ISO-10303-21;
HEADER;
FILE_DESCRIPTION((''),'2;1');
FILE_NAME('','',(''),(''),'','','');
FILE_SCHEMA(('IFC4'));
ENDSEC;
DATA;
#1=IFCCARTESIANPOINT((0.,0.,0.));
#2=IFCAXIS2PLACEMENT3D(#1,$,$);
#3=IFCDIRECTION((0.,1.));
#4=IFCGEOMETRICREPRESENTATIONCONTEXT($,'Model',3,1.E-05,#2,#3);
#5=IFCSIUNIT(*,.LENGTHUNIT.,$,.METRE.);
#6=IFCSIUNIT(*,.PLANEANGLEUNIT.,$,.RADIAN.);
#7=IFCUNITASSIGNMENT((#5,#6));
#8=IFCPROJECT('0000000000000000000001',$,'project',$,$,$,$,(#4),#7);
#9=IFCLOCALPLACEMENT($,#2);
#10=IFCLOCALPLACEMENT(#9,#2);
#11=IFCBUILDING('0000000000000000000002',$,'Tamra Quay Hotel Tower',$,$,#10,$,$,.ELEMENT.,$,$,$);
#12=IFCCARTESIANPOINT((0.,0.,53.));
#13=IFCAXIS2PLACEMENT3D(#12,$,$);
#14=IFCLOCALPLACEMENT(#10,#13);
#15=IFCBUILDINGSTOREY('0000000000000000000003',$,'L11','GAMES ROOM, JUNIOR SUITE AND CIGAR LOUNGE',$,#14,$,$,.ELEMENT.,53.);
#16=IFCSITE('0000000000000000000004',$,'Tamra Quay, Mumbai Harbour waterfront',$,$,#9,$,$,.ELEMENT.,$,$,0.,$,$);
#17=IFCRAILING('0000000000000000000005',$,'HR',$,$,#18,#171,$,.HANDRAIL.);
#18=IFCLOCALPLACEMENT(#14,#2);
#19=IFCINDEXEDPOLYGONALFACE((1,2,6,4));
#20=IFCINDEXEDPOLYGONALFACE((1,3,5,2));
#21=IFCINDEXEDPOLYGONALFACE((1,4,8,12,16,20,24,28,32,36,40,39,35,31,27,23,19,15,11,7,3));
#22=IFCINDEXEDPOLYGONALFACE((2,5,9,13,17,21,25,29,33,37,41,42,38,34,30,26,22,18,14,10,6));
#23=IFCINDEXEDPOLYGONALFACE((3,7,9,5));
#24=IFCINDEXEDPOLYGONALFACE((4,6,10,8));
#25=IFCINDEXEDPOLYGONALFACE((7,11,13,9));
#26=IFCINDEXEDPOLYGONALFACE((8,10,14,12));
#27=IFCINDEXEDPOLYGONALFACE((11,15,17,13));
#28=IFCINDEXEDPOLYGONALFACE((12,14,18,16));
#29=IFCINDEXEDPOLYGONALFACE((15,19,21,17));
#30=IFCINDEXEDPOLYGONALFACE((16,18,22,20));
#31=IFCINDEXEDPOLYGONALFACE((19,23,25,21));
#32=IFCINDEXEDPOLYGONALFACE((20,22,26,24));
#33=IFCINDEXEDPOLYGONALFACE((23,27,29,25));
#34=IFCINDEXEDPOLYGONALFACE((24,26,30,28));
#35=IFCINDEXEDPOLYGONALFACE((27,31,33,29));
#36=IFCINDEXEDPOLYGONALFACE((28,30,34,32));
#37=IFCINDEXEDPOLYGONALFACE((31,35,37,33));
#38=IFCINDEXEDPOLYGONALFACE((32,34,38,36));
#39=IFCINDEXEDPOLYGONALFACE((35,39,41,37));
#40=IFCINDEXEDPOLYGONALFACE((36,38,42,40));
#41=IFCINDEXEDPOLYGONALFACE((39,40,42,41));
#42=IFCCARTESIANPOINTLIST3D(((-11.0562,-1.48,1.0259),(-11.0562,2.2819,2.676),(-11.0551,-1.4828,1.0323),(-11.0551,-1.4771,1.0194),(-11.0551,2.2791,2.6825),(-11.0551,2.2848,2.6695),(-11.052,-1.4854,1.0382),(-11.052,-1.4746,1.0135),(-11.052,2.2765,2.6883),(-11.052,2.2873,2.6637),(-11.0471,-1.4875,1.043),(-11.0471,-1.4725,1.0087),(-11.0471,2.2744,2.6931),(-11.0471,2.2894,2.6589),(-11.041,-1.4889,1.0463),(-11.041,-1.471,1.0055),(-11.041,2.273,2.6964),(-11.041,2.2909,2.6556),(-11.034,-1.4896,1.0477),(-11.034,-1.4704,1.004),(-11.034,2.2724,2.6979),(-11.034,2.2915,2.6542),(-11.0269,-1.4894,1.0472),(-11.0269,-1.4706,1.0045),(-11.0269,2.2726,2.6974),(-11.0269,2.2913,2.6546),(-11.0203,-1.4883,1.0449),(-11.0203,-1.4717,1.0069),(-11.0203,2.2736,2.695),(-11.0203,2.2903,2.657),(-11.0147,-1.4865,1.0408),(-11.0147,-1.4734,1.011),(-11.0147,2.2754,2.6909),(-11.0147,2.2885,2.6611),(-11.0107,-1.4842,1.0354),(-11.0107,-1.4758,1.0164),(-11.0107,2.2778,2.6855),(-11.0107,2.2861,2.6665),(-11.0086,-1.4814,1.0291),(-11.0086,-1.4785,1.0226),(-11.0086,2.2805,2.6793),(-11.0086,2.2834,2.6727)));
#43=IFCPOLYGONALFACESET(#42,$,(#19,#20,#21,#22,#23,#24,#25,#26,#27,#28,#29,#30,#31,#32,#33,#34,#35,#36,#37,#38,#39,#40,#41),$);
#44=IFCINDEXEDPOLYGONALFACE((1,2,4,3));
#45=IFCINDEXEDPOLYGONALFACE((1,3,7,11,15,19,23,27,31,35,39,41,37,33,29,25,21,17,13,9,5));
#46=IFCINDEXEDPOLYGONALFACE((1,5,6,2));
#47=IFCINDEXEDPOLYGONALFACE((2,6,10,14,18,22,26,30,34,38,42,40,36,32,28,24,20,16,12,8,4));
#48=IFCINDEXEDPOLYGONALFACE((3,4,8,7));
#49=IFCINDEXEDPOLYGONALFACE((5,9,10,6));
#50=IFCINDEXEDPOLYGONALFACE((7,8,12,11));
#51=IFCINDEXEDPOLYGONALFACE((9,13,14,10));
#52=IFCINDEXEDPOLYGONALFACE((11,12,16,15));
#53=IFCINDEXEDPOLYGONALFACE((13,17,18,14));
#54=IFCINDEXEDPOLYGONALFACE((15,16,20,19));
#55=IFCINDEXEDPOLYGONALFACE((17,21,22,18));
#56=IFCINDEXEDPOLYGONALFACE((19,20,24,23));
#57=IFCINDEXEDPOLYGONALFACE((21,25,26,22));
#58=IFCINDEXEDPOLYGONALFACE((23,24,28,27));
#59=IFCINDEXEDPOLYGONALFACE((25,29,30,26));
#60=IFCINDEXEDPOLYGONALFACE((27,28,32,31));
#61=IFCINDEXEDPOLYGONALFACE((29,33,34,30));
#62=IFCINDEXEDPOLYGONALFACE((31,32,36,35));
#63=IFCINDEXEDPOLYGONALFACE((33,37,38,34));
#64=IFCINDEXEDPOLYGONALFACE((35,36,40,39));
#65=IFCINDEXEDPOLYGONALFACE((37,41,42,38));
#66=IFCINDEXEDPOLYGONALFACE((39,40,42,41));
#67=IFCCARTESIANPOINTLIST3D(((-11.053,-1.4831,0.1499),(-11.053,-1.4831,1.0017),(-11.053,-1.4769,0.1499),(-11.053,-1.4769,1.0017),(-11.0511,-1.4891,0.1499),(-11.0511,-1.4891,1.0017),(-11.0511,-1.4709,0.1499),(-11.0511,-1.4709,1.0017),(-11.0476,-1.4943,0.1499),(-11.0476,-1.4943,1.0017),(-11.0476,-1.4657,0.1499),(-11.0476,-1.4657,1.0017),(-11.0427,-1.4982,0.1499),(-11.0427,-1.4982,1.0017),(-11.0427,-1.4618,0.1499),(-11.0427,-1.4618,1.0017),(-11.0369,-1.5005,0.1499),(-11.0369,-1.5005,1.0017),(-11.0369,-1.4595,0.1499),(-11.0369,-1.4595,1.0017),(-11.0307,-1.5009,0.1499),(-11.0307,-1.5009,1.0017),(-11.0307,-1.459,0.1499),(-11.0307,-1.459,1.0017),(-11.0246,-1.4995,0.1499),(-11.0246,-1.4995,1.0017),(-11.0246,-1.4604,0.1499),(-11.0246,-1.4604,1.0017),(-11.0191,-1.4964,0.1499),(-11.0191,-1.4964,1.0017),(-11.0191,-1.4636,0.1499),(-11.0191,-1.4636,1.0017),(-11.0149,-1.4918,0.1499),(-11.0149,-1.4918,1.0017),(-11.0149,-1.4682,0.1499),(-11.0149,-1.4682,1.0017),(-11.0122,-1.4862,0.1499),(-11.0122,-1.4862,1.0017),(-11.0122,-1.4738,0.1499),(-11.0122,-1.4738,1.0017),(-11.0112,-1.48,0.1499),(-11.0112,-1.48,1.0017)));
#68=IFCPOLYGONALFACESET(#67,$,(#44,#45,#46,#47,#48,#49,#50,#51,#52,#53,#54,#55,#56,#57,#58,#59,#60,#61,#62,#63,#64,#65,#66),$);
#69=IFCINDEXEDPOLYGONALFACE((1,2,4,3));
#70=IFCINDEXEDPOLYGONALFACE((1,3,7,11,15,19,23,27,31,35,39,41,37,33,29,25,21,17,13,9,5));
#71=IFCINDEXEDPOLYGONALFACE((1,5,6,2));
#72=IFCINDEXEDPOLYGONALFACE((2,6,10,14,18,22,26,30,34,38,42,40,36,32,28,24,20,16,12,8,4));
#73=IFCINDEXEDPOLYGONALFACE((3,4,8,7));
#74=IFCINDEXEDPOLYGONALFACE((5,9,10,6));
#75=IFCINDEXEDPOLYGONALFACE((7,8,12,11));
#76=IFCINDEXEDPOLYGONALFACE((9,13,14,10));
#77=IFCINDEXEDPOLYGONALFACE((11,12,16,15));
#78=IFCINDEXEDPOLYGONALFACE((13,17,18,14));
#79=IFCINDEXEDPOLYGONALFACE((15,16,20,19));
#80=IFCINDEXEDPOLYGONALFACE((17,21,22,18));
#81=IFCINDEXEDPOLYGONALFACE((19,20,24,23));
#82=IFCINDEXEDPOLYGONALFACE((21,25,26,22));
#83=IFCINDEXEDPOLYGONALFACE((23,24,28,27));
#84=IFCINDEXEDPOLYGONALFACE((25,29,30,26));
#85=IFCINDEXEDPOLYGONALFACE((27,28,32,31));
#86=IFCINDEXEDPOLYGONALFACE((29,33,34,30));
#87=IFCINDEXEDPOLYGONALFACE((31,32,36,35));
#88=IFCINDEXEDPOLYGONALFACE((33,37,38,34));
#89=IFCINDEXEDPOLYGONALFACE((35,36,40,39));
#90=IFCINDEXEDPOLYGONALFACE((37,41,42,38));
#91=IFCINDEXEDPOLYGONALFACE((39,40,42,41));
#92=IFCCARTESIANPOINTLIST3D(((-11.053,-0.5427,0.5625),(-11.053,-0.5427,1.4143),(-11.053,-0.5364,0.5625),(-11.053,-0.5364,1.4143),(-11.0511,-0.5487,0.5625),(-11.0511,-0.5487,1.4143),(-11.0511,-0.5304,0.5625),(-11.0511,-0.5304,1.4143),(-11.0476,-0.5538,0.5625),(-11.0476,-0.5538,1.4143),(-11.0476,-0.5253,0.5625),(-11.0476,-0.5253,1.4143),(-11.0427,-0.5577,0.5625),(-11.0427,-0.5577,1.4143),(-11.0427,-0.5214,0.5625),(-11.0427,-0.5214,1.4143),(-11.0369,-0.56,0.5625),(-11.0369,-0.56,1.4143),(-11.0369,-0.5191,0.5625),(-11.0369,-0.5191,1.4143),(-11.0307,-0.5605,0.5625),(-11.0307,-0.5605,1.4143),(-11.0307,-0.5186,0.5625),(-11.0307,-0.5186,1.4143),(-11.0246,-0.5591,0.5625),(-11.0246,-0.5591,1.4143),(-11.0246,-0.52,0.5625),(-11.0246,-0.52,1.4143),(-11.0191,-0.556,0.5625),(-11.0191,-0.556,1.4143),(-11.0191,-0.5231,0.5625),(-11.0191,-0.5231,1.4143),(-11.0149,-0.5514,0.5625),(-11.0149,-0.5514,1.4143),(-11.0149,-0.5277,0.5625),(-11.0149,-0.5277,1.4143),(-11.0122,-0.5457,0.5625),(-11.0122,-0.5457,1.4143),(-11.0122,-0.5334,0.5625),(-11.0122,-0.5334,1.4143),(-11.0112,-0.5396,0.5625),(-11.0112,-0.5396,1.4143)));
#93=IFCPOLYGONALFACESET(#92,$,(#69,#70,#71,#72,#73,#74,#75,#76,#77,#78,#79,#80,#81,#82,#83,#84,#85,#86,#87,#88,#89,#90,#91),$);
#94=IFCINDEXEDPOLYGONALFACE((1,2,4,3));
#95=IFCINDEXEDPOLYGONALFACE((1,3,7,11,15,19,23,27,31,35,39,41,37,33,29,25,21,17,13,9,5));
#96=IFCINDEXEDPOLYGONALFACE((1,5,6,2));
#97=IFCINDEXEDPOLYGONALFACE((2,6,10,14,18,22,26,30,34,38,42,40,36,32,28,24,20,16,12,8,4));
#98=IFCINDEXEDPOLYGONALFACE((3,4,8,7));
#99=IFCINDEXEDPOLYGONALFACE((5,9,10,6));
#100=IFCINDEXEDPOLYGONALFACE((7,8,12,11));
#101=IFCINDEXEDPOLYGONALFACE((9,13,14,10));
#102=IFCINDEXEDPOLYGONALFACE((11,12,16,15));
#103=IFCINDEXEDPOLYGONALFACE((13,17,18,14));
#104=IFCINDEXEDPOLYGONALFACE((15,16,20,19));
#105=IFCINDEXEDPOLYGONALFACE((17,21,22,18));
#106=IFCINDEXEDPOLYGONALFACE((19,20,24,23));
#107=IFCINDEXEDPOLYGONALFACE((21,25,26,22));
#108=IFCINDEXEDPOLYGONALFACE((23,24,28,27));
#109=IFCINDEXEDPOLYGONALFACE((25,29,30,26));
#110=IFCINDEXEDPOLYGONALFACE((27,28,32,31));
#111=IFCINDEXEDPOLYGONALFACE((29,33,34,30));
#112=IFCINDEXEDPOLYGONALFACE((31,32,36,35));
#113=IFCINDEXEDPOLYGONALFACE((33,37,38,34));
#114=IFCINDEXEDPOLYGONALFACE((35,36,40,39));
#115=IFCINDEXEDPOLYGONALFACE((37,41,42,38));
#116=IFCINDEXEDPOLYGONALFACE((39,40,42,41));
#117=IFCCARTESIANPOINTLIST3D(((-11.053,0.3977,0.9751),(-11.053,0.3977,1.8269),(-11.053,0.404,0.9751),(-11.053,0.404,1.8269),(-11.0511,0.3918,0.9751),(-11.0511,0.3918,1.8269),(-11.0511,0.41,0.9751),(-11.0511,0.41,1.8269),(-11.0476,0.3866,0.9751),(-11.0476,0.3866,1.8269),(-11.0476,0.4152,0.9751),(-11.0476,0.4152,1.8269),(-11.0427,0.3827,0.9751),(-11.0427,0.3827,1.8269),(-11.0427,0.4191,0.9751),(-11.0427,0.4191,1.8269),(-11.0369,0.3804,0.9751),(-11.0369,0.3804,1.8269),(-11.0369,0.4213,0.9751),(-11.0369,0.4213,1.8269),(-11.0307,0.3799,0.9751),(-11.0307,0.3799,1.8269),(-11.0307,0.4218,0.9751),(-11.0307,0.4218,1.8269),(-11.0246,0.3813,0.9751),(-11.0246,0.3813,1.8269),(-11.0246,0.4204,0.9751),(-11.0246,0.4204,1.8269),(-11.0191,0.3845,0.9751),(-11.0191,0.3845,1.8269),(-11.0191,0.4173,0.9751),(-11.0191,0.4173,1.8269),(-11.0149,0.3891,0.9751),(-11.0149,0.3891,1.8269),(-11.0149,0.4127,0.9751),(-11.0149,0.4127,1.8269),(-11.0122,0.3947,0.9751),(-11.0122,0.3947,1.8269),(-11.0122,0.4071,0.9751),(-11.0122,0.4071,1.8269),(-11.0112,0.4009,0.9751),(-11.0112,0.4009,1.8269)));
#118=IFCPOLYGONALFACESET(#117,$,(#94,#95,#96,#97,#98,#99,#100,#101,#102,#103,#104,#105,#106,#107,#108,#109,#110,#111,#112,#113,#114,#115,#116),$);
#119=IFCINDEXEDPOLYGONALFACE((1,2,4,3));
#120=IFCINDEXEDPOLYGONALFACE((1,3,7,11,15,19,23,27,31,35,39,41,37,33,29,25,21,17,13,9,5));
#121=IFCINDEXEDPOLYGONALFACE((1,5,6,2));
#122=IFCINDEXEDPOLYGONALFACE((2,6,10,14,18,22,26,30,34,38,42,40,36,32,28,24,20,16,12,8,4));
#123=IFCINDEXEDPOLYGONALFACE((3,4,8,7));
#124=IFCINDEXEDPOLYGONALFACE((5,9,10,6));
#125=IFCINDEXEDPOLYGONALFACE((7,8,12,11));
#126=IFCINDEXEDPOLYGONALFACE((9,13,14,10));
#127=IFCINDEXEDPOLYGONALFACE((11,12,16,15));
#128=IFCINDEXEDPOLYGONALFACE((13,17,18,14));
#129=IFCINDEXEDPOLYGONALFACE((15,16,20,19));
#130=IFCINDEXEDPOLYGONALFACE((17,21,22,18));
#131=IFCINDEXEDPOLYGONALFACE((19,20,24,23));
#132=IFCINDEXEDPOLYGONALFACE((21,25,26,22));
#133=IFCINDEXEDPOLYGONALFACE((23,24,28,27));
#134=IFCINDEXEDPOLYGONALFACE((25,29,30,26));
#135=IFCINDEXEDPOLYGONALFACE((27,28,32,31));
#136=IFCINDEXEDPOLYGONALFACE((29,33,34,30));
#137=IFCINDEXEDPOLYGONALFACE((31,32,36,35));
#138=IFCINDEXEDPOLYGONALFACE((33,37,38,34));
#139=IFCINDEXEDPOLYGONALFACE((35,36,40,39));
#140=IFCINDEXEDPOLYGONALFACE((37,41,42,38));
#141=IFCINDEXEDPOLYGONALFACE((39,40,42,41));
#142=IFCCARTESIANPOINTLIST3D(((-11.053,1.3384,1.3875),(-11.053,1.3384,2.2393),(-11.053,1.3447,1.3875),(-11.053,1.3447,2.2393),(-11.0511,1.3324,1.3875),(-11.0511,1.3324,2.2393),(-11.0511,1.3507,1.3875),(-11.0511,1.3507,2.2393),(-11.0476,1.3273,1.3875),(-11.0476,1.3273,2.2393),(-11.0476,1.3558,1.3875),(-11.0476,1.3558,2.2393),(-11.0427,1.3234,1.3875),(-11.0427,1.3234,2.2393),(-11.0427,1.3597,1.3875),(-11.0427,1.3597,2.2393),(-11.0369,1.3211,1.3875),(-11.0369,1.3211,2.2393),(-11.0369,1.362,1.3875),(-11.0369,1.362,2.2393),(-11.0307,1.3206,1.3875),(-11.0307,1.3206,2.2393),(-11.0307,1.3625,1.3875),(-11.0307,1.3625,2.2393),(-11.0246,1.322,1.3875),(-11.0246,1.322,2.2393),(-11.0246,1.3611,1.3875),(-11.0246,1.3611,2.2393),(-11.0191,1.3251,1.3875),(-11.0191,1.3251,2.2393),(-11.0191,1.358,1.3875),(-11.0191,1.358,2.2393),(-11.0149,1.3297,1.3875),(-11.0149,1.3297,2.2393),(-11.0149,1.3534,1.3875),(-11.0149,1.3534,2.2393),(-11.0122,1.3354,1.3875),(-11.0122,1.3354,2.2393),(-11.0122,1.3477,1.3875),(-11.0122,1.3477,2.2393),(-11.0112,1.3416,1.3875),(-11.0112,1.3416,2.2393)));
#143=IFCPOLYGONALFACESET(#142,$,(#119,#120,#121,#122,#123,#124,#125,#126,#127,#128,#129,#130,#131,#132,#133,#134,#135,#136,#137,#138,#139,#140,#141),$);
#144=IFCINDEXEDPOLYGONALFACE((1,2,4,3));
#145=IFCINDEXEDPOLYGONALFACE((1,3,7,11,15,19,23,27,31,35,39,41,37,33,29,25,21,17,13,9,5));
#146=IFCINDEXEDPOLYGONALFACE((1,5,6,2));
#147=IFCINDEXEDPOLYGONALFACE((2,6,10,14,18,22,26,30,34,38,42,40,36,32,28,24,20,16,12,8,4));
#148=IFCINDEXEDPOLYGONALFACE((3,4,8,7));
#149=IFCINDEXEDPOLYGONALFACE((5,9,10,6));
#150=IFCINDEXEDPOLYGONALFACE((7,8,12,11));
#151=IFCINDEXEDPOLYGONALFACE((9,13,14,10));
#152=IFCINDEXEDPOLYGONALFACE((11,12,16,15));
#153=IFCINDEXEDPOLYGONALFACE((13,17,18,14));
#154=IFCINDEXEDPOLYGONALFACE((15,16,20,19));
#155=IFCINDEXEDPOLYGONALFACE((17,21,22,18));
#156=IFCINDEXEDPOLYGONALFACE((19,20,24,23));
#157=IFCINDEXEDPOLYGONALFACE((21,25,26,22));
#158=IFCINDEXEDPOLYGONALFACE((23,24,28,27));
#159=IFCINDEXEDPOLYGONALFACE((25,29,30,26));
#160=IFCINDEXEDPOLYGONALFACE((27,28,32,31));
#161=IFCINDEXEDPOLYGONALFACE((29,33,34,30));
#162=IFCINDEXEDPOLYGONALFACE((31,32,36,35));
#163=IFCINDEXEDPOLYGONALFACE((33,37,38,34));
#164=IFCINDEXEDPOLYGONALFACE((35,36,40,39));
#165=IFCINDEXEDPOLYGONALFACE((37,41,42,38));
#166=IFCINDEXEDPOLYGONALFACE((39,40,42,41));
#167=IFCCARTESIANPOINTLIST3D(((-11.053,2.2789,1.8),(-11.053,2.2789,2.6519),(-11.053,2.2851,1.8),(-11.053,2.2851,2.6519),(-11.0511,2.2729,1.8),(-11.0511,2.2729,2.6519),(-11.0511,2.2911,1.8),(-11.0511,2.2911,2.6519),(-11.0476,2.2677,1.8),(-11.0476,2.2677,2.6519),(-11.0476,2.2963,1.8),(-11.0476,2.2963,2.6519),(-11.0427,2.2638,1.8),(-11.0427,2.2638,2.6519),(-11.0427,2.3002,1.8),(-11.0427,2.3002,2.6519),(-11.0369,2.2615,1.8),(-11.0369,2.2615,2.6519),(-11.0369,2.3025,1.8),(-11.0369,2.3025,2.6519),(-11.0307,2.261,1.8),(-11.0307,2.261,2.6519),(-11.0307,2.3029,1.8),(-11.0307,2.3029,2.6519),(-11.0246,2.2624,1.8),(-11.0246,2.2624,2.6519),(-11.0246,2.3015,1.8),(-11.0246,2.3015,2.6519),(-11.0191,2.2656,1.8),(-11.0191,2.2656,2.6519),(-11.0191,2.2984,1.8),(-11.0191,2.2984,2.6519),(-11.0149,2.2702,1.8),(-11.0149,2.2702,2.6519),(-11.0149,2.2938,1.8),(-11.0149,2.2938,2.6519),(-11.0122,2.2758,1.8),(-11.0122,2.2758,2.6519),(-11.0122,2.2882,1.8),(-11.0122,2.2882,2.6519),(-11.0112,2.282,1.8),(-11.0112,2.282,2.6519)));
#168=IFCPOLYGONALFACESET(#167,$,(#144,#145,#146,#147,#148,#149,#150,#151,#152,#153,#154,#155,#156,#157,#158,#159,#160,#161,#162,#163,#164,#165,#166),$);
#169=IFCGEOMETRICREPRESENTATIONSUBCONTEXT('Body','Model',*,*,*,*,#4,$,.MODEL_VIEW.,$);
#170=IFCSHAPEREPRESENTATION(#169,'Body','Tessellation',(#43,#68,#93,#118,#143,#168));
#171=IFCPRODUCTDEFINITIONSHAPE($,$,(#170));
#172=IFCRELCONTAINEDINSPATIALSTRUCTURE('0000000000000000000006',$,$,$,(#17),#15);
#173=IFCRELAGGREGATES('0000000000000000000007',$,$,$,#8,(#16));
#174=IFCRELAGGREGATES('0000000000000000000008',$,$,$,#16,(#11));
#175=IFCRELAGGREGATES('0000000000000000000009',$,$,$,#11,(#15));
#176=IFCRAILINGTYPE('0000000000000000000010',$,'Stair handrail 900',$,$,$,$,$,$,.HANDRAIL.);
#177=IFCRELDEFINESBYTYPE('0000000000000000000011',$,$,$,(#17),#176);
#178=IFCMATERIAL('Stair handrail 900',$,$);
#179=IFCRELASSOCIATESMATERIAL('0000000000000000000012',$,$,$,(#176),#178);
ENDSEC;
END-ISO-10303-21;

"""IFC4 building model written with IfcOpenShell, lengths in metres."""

from ifc_helpers import new_model, si_unit, direction, frame, origin, origin_2d, place, context, subcontext, project, spatial, circle, extrude, material, type_object, element, save


model = new_model("IFC4")

# Units and contexts
model_context = context("Model", 3, precision=1e-05, world=origin(), true_north=direction((0.0, 1.0)))
body_context = subcontext(model_context, "Body", "Model", "MODEL_VIEW")
ifc_project = project(units=[si_unit("LENGTHUNIT", "METRE"), si_unit("PLANEANGLEUNIT", "RADIAN")], contexts=[model_context])

# Site, building, storey
site_placement = place(None, origin())
site = spatial("IfcSite", under=ifc_project, at=site_placement, Name="Tamra Quay, Mumbai Harbour waterfront", CompositionType="ELEMENT", RefElevation=0.0)
building_placement = place(site_placement, origin())
building = spatial("IfcBuilding", under=site, at=building_placement, Name="Tamra Quay Hotel Tower", CompositionType="ELEMENT")
storey_placement = place(building_placement, frame((0.0, 0.0, 53.0)))
storey = spatial("IfcBuildingStorey", under=building, at=storey_placement, Name="L11", Description="GAMES ROOM, JUNIOR SUITE AND CIGAR LOUNGE", CompositionType="ELEMENT", Elevation=53.0)

# Railing
ifc_material_1 = material(Name="Stair handrail 900")
railing_type = type_object("IfcRailingType", Name="Stair handrail 900", PredefinedType="HANDRAIL", material=ifc_material_1)
railing_placement = place(storey_placement, frame((-11.0322, -1.48, 0.1499)))
element("IfcRailing", 1, at=railing_placement, inside=storey, type_object=railing_type, Name="HR", PredefinedType="HANDRAIL", context=body_context, shape_type="SweptSolid", body=[
    extrude(circle(Radius=0.0239, at=origin_2d()), frame((0.0, 0.0, 0.876), z_axis=(0.0, 0.915774, 0.401695), x_axis=(-1.0, 0.0, 0.0)), (0.0, 0.0, 1.0), 4.1079),
    extrude(circle(Radius=0.021, at=origin_2d()), origin(), (0.0, 0.0, 1.0), 0.8518),
    extrude(circle(Radius=0.021, at=origin_2d()), frame((0.0, 0.9404, 0.4126)), (0.0, 0.0, 1.0), 0.8518),
    extrude(circle(Radius=0.021, at=origin_2d()), frame((0.0, 1.8809, 0.8252)), (0.0, 0.0, 1.0), 0.8518),
    extrude(circle(Radius=0.021, at=origin_2d()), frame((0.0, 2.8215, 1.2375)), (0.0, 0.0, 1.0), 0.8518),
    extrude(circle(Radius=0.021, at=origin_2d()), frame((0.0, 3.762, 1.6501)), (0.0, 0.0, 1.0), 0.8518),
])

save(model, "model.ifc")
